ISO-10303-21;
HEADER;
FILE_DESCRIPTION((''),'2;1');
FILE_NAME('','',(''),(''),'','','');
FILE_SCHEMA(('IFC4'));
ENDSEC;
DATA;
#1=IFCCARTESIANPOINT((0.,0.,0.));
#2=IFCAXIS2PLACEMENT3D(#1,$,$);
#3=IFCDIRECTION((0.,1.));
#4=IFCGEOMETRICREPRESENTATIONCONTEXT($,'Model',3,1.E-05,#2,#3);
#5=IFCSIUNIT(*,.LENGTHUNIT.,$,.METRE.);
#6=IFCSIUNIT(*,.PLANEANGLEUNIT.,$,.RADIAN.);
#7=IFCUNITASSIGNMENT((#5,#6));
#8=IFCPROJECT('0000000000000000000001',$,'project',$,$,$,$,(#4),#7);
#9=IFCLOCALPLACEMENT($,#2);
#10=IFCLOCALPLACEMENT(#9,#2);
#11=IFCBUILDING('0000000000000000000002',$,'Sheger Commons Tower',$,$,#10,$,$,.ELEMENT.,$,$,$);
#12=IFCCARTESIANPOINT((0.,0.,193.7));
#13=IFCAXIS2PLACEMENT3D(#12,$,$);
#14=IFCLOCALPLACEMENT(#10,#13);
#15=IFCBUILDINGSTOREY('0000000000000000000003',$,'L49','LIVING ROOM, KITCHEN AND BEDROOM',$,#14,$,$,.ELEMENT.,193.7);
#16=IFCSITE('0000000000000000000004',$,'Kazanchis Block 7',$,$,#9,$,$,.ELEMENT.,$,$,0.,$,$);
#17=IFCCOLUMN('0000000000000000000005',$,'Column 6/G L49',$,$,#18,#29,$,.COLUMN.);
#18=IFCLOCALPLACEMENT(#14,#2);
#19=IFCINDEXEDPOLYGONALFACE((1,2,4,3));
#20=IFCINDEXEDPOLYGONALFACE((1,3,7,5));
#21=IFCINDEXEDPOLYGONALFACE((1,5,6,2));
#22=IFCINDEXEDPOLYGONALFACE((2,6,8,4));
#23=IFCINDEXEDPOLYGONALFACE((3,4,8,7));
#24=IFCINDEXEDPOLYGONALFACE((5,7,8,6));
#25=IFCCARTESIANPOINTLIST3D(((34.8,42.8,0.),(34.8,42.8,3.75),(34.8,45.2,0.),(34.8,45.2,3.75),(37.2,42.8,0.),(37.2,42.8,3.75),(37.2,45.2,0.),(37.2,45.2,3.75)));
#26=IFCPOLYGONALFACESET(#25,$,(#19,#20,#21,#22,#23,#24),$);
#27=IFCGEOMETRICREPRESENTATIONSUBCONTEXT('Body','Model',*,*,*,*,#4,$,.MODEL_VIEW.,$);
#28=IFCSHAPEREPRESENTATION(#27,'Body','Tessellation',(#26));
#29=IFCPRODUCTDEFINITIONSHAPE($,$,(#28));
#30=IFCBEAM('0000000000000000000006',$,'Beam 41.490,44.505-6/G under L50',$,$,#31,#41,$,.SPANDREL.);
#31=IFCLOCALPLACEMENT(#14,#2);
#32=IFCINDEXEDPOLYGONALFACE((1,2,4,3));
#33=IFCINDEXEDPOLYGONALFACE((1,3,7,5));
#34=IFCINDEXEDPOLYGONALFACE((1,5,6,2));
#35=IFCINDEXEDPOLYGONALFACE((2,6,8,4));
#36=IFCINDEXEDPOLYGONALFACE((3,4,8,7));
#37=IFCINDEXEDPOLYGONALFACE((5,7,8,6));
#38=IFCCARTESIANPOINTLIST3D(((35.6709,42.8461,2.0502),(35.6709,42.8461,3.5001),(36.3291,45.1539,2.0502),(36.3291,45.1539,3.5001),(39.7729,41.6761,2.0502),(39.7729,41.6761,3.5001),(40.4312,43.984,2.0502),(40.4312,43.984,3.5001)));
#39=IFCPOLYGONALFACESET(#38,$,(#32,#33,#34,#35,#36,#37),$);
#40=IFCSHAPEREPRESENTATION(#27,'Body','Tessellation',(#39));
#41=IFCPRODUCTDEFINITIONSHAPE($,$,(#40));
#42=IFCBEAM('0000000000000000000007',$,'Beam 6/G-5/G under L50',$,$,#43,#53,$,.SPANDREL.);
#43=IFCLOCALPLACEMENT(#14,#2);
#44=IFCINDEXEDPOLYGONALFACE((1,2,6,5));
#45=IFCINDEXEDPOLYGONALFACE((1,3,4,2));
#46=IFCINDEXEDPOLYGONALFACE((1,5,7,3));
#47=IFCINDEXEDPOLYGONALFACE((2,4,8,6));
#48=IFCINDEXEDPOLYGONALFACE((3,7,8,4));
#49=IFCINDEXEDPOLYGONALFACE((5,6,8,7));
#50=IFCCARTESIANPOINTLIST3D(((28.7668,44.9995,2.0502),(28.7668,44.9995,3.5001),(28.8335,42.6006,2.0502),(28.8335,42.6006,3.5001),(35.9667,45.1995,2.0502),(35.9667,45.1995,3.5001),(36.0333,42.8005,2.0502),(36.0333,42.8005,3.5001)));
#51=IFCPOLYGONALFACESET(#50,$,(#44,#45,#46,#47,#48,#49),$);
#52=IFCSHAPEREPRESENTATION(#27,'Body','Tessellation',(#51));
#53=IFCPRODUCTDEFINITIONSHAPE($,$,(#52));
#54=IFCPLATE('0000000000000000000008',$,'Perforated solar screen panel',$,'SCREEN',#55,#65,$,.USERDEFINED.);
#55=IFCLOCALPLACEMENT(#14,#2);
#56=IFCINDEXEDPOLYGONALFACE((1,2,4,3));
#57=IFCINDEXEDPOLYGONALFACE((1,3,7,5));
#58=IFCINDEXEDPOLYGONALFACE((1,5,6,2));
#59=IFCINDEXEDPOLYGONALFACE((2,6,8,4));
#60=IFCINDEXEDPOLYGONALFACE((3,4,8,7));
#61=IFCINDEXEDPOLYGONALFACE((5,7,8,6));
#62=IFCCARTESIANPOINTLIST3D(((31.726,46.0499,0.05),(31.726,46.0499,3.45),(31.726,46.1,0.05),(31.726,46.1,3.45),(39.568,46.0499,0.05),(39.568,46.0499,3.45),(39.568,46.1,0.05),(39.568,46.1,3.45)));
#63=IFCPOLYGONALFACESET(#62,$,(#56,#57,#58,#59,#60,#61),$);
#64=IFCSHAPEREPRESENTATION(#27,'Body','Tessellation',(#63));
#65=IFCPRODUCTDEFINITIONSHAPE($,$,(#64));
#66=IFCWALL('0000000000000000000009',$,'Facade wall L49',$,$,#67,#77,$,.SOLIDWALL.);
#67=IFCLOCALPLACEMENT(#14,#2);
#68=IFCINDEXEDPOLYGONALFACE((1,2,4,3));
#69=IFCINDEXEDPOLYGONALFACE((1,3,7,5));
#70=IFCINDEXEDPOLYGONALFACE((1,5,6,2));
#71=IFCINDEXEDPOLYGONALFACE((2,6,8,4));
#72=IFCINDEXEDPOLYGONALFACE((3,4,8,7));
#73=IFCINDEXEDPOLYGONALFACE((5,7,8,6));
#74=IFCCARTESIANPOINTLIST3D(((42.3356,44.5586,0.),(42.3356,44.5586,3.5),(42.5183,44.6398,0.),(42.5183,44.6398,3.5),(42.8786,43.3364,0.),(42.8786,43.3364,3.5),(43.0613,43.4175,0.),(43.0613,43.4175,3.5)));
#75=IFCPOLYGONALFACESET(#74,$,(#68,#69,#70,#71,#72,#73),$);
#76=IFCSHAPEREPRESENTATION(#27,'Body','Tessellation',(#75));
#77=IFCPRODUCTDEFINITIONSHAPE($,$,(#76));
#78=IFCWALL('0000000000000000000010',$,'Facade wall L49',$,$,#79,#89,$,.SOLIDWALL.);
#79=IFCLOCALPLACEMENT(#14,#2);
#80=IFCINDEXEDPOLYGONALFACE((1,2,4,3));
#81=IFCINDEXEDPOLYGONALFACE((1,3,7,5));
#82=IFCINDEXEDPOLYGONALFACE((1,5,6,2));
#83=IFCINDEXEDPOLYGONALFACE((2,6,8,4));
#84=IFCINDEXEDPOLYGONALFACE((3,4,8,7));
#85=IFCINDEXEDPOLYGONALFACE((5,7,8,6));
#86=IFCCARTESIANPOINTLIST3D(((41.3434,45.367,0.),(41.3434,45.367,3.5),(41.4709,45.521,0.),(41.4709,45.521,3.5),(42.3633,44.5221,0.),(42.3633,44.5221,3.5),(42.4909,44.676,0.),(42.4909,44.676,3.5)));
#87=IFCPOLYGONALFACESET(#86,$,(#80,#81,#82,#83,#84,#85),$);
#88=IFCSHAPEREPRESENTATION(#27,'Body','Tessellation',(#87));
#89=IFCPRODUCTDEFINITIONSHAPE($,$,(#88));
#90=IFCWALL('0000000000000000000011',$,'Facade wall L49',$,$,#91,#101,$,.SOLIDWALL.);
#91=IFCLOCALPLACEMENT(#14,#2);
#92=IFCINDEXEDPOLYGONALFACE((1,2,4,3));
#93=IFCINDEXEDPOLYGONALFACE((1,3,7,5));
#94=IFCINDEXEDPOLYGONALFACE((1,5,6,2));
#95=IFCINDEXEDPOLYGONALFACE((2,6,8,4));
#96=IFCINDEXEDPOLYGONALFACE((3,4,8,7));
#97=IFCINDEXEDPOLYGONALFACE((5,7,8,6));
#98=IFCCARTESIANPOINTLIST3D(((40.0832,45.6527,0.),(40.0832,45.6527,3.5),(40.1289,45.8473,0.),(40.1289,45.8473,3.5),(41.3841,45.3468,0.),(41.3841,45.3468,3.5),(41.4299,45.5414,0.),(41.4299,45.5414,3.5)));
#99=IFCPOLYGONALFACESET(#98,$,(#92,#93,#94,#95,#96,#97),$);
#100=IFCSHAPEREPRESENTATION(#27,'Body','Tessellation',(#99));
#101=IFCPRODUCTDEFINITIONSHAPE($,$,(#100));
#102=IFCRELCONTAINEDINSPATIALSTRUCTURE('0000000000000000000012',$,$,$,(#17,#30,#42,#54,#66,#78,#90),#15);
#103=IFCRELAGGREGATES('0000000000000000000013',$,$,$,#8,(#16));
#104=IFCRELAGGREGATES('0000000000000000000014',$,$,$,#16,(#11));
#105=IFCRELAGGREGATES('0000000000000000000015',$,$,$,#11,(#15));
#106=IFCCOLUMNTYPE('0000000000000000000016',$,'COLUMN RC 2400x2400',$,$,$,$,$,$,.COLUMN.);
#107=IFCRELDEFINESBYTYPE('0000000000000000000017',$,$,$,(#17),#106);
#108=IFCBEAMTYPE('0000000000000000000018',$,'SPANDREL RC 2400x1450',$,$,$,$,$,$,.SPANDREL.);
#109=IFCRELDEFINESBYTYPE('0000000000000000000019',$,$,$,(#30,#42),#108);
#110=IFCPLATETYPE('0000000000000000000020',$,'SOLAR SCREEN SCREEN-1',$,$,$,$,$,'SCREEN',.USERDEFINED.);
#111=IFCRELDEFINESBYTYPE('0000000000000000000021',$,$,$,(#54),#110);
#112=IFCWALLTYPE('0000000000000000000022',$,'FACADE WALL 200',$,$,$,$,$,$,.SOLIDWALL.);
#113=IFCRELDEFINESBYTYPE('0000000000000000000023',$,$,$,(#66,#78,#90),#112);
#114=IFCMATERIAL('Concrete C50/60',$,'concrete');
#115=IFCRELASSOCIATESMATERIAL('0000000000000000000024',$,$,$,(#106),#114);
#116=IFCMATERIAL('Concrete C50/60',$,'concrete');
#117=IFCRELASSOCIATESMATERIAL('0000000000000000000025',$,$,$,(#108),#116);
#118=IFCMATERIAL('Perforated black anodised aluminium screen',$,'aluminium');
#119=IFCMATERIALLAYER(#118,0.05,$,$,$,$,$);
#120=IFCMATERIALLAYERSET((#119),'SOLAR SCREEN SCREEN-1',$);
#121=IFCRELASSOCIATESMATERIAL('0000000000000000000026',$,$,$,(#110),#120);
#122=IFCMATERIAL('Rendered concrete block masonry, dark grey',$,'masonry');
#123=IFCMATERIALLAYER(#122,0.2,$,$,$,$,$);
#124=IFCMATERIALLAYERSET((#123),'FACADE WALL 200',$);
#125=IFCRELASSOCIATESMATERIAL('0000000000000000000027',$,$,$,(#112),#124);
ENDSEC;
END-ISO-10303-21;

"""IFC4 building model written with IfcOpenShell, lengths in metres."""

from ifc_helpers import new_model, si_unit, direction, frame, frame_2d, origin, origin_2d, place, context, subcontext, project, spatial, rectangle, extrude, material, layer, layer_set, material_profile, profile_set, type_object, element, save


model = new_model("IFC4")

# Units and contexts
model_context = context("Model", 3, precision=1e-05, world=origin(), true_north=direction((0.0, 1.0)))
body_context = subcontext(model_context, "Body", "Model", "MODEL_VIEW")
ifc_project = project(units=[si_unit("LENGTHUNIT", "METRE"), si_unit("PLANEANGLEUNIT", "RADIAN")], contexts=[model_context])

# Site, building, storey
site_placement = place(None, origin())
site = spatial("IfcSite", under=ifc_project, at=site_placement, Name="Kazanchis Block 7", CompositionType="ELEMENT", RefElevation=0.0)
building_placement = place(site_placement, origin())
building = spatial("IfcBuilding", under=site, at=building_placement, Name="Sheger Commons Tower", CompositionType="ELEMENT")
storey_placement = place(building_placement, frame((0.0, 0.0, 193.7)))
storey = spatial("IfcBuildingStorey", under=building, at=storey_placement, Name="L49", Description="LIVING ROOM, KITCHEN AND BEDROOM", CompositionType="ELEMENT", Elevation=193.7)

# Column
ifc_material_1 = material(Name="Concrete C50/60", Category="concrete")
ifc_material_profile_1 = material_profile(ifc_material_1, rectangle(XDim=2.3999, YDim=2.3999, at=origin_2d()), Name="RC 2400x2400")
ifc_profile_set_1 = profile_set([ifc_material_profile_1], Name="Concrete C50/60")
column_type = type_object("IfcColumnType", Name="COLUMN RC 2400x2400", PredefinedType="COLUMN", material=ifc_profile_set_1)
column_placement = place(storey_placement, frame((36.0, 44.0, 0.0), z_axis=(0.0, 0.0, 1.0), x_axis=(1.0, 0.0, 0.0)))
element("IfcColumn", 1, at=column_placement, inside=storey, type_object=column_type, Name="Column 6/G L49", PredefinedType="COLUMN", context=body_context, shape_type="SweptSolid", body=[
    extrude(rectangle(XDim=2.3999, YDim=2.3999, at=origin_2d()), origin(), (0.0, 0.0, 1.0), 3.75),
])

# Beams
ifc_material_2 = material(Name="Concrete C50/60", Category="concrete")
ifc_material_profile_2 = material_profile(ifc_material_2, rectangle(XDim=2.3999, YDim=1.45, at=origin_2d()), Name="RC 2400x1450")
ifc_profile_set_2 = profile_set([ifc_material_profile_2], Name="Concrete C50/60")
beam_type = type_object("IfcBeamType", Name="SPANDREL RC 2400x1450", PredefinedType="SPANDREL", material=ifc_profile_set_2)
beam_1_placement = place(storey_placement, frame((40.1021, 42.8301, 2.7751), z_axis=(-0.961653, 0.274268, 0.0), x_axis=(-0.274268, -0.961653, 0.0)))
element("IfcBeam", 2, at=beam_1_placement, inside=storey, type_object=beam_type, Name="Beam 41.490,44.505-6/G under L50", PredefinedType="SPANDREL", context=body_context, shape_type="SweptSolid", body=[
    extrude(rectangle(XDim=2.3999, YDim=1.45, at=origin_2d()), origin(), (0.0, 0.0, 1.0), 4.2656),
])
beam_2_placement = place(storey_placement, frame((36.0, 44.0, 2.7751), z_axis=(-0.999615, -0.02776, 0.0), x_axis=(0.02776, -0.999615, 0.0)))
element("IfcBeam", 3, at=beam_2_placement, inside=storey, type_object=beam_type, Name="Beam 6/G-5/G under L50", PredefinedType="SPANDREL", context=body_context, shape_type="SweptSolid", body=[
    extrude(rectangle(XDim=2.3999, YDim=1.45, at=origin_2d()), origin(), (0.0, 0.0, 1.0), 7.2026),
])

# Plate
ifc_material_3 = material(Name="Perforated black anodised aluminium screen", Category="aluminium")
ifc_layer_1 = layer(ifc_material_3, 0.05)
ifc_layer_set_1 = layer_set([ifc_layer_1], Name="SOLAR SCREEN SCREEN-1")
plate_type = type_object("IfcPlateType", Name="SOLAR SCREEN SCREEN-1", ElementType="SCREEN", PredefinedType="USERDEFINED", material=ifc_layer_set_1)
plate_placement = place(storey_placement, frame((35.647, 46.075, 0.05), z_axis=(0.0, 0.0, 1.0), x_axis=(-1.0, 0.0, 0.0)))
element("IfcPlate", 4, at=plate_placement, inside=storey, type_object=plate_type, Name="Perforated solar screen panel", ObjectType="SCREEN", PredefinedType="USERDEFINED", context=body_context, shape_type="SweptSolid", body=[
    extrude(rectangle(XDim=7.842, YDim=0.05, at=origin_2d()), origin(), (0.0, 0.0, 1.0), 3.3999),
])

# Walls
ifc_material_4 = material(Name="Rendered concrete block masonry, dark grey", Category="masonry")
ifc_layer_2 = layer(ifc_material_4, 0.2)
ifc_layer_set_2 = layer_set([ifc_layer_2], Name="FACADE WALL 200")
wall_type_1 = type_object("IfcWallType", Name="FACADE WALL 200", PredefinedType="SOLIDWALL", material=ifc_layer_set_2)
wall_1_placement = place(storey_placement, frame((42.97, 43.377, 0.0), z_axis=(0.0, 0.0, 1.0), x_axis=(-0.406003, 0.913872, 0.0)))
element("IfcWall", 5, at=wall_1_placement, inside=storey, type_object=wall_type_1, Name="Facade wall L49", PredefinedType="SOLIDWALL", context=body_context, shape_type="SweptSolid", body=[
    extrude(rectangle(XDim=1.3374, YDim=0.2, at=frame_2d((0.6687, 0.0))), origin(), (0.0, 0.0, 1.0), 3.5),
])
wall_2_placement = place(storey_placement, frame((42.427, 44.5991, 0.0), z_axis=(0.0, 0.0, 1.0), x_axis=(-0.770091, 0.637934, 0.0)))
element("IfcWall", 6, at=wall_2_placement, inside=storey, type_object=wall_type_1, Name="Facade wall L49", PredefinedType="SOLIDWALL", context=body_context, shape_type="SweptSolid", body=[
    extrude(rectangle(XDim=1.3245, YDim=0.2, at=frame_2d((0.6621, 0.0))), origin(), (0.0, 0.0, 1.0), 3.5),
])
wall_3_placement = place(storey_placement, frame((41.407, 45.4441, 0.0), z_axis=(0.0, 0.0, 1.0), x_axis=(-0.973453, 0.228887, 0.0)))
element("IfcWall", 7, at=wall_3_placement, inside=storey, type_object=wall_type_1, Name="Facade wall L49", PredefinedType="SOLIDWALL", context=body_context, shape_type="SweptSolid", body=[
    extrude(rectangle(XDim=1.3364, YDim=0.2, at=frame_2d((0.6682, 0.0))), origin(), (0.0, 0.0, 1.0), 3.5),
])

save(model, "model.ifc")
